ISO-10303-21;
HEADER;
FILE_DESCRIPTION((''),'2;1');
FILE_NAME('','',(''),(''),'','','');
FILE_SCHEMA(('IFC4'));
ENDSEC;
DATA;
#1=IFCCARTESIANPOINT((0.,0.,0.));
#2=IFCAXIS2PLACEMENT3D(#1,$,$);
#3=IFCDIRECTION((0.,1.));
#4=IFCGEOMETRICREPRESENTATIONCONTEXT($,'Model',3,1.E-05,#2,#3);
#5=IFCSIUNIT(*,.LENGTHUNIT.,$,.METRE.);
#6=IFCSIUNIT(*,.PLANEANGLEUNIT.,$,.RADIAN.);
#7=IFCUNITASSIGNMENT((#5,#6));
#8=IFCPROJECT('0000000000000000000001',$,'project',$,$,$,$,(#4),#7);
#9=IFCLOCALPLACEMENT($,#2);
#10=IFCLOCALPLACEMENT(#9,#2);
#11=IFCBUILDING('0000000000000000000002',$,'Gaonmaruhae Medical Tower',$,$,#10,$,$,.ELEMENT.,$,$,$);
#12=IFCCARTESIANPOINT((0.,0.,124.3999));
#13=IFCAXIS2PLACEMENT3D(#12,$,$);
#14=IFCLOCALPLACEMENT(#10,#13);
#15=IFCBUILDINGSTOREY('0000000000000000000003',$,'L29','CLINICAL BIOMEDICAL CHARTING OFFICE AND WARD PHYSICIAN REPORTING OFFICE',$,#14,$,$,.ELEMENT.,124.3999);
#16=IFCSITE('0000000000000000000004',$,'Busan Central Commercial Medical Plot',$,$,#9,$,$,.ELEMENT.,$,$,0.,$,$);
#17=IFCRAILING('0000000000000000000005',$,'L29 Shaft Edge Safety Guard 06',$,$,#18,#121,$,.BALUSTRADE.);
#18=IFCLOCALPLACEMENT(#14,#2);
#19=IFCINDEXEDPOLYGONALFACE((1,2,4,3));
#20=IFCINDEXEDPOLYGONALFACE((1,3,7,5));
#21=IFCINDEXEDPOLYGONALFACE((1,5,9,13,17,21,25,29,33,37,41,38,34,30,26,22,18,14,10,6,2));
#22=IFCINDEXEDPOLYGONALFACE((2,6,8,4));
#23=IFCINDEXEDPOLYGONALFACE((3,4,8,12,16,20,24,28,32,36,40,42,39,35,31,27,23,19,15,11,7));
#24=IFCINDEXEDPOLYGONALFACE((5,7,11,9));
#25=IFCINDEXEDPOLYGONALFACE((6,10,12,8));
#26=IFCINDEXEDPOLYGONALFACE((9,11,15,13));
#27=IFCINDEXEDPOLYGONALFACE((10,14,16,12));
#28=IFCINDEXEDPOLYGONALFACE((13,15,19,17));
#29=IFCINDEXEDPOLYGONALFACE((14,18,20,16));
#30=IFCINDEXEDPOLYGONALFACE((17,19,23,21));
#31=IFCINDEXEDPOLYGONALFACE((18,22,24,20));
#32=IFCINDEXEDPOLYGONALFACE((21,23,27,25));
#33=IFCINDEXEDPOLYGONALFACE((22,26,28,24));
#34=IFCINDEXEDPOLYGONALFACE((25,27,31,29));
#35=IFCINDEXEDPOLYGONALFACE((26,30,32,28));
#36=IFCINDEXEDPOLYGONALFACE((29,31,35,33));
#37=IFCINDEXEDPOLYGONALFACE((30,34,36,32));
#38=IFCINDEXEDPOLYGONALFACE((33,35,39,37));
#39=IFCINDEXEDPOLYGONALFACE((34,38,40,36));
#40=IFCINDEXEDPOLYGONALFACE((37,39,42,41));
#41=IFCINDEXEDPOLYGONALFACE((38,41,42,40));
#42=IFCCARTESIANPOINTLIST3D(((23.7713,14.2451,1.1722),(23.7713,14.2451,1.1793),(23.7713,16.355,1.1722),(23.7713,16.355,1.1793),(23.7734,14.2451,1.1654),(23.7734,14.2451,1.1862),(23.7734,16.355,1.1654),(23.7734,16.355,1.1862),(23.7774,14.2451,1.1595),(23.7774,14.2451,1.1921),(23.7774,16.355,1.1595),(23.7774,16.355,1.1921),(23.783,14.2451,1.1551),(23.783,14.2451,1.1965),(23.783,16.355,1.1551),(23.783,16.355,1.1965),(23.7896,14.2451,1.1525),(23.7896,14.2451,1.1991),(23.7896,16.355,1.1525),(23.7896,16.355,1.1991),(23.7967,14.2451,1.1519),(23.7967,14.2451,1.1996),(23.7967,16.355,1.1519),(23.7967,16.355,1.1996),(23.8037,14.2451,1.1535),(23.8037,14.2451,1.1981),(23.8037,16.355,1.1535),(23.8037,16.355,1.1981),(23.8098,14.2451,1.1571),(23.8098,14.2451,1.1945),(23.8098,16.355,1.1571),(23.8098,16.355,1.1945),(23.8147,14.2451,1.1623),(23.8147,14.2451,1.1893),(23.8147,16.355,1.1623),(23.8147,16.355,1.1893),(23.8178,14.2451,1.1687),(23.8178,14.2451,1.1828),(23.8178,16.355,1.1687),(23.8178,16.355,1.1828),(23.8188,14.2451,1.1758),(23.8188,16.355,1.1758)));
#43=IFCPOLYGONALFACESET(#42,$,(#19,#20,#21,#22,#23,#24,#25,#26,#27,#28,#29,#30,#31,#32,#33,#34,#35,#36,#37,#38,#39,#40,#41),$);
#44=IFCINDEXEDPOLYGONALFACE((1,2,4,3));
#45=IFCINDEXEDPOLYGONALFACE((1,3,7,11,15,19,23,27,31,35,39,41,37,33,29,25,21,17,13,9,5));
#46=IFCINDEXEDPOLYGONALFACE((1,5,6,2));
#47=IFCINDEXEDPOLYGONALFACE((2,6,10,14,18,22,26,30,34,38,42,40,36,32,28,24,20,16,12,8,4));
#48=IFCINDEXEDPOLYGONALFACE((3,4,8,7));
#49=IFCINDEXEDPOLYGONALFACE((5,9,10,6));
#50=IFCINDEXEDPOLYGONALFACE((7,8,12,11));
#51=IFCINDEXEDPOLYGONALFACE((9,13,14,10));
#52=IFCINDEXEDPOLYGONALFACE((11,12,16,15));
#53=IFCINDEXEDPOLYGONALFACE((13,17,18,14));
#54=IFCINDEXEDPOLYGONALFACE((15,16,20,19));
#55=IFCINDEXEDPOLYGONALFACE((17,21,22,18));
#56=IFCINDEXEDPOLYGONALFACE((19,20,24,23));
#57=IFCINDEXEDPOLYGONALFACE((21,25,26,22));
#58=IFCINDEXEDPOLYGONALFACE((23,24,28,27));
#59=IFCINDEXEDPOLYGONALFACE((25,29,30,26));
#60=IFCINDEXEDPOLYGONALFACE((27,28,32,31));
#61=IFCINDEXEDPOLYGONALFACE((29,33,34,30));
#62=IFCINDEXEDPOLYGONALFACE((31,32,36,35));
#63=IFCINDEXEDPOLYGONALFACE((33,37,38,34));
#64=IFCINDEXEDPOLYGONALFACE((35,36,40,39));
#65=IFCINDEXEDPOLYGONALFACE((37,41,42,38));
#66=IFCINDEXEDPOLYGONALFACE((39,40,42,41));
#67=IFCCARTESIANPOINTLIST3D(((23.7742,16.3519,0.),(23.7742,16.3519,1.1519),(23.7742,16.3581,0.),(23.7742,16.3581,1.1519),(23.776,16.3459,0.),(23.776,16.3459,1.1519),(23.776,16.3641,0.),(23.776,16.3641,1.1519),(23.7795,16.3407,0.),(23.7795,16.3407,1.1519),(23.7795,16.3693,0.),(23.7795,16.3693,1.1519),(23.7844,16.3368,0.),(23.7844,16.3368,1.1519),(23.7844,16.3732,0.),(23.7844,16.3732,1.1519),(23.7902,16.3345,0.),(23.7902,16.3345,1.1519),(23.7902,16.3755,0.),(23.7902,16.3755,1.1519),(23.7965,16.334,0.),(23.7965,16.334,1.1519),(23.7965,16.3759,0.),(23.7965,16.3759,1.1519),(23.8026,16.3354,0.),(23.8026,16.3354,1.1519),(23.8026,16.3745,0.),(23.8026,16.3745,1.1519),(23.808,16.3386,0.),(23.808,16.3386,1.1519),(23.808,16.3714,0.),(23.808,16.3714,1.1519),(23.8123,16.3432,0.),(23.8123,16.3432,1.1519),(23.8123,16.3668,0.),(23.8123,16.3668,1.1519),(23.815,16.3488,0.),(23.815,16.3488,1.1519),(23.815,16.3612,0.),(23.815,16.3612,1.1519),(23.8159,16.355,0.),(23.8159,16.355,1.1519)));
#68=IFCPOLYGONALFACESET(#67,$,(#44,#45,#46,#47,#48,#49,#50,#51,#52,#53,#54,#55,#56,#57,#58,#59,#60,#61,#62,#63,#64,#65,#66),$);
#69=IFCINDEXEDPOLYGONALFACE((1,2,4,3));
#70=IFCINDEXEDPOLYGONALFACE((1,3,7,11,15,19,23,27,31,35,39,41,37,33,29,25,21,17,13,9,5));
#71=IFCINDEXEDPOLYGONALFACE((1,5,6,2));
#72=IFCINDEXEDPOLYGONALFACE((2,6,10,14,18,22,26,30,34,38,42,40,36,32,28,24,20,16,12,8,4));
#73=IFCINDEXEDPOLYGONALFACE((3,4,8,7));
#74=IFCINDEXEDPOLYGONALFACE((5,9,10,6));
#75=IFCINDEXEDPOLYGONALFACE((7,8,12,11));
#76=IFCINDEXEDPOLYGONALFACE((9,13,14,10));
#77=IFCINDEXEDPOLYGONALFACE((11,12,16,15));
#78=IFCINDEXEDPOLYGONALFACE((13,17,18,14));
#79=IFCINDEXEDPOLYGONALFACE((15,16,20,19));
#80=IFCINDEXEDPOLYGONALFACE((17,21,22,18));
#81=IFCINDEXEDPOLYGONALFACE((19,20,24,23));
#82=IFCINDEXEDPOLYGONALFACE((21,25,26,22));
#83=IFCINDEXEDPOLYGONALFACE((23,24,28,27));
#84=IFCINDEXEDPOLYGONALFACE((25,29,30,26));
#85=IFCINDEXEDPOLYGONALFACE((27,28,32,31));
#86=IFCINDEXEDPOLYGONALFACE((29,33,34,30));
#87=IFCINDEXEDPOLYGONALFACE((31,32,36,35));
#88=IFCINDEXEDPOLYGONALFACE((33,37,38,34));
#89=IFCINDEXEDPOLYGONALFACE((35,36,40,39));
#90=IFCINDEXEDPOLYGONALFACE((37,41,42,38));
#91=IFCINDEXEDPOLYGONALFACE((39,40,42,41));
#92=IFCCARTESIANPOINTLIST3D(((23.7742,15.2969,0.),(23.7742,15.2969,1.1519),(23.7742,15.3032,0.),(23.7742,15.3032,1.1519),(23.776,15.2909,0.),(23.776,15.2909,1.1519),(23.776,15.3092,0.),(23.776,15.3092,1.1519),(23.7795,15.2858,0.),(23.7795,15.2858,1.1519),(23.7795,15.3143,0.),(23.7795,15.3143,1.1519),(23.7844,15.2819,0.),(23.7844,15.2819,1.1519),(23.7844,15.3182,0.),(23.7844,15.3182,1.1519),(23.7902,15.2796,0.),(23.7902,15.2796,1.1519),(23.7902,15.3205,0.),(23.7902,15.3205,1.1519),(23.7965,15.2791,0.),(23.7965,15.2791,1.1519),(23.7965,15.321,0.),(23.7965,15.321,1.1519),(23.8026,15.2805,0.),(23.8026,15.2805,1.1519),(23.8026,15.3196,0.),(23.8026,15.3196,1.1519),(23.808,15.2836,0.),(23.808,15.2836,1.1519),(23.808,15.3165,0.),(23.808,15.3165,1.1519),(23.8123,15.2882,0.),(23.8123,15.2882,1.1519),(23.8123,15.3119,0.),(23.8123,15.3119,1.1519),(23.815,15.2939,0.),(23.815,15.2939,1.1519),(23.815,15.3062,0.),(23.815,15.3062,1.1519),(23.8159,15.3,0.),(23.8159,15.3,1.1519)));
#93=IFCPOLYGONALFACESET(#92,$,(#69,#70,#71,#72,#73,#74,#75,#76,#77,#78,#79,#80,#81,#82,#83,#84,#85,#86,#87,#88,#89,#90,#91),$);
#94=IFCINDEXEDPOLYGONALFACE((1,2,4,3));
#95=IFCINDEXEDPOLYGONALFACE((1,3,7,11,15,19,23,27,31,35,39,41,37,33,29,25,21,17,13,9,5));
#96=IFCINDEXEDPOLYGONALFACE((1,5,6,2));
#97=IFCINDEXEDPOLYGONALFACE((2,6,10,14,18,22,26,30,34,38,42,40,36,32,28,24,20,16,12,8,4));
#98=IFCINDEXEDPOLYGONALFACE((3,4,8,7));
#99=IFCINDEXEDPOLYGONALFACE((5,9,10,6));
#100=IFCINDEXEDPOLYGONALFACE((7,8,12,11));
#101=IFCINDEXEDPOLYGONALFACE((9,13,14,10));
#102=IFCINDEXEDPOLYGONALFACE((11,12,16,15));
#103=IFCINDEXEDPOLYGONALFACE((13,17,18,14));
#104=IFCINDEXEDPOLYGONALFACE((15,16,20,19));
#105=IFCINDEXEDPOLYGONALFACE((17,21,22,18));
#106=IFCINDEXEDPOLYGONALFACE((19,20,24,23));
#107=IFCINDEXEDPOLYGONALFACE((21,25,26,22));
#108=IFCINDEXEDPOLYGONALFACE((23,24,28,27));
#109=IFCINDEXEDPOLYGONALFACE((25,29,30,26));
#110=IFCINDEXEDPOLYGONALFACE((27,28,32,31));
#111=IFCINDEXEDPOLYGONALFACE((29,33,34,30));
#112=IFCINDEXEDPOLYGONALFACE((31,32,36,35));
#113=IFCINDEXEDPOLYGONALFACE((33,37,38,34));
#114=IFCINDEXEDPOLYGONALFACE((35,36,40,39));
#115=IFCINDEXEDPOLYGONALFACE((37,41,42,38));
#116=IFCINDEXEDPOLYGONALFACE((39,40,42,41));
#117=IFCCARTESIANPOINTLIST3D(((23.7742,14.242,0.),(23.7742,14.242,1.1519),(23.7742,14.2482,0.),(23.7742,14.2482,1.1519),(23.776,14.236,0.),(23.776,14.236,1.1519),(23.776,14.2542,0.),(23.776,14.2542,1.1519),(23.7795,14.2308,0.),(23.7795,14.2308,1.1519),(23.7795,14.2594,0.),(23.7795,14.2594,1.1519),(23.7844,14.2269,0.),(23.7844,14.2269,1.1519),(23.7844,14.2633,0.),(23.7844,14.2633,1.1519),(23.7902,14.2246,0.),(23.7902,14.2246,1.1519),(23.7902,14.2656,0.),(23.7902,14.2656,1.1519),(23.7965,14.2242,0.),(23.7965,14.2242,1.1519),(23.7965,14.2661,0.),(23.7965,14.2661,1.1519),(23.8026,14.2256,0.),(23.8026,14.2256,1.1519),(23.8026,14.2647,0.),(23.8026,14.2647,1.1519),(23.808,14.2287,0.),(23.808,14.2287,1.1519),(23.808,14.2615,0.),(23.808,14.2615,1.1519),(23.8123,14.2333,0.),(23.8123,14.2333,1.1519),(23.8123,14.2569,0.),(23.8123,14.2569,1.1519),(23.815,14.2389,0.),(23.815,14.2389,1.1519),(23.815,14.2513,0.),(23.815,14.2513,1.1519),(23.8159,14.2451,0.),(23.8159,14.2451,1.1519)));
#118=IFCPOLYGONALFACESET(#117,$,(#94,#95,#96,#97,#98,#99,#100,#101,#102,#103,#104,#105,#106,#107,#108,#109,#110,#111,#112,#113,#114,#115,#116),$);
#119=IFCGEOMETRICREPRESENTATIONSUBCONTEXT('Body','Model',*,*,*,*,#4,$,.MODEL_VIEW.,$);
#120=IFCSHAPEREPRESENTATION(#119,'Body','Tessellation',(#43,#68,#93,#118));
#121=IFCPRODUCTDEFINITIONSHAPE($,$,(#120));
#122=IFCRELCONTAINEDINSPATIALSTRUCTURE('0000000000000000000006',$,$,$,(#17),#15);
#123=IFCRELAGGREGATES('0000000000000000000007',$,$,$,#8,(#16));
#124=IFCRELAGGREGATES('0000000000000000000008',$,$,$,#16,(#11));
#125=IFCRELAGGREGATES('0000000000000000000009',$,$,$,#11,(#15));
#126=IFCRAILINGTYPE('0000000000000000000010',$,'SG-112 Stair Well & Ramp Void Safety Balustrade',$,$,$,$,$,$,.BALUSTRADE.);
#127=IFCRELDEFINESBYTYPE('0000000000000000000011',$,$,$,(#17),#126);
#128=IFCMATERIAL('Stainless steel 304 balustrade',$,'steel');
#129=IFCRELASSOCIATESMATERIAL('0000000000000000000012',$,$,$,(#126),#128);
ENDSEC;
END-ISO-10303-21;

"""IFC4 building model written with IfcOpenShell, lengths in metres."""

from ifc_helpers import new_model, si_unit, direction, frame, origin, origin_2d, place, context, subcontext, project, spatial, circle, extrude, material, type_object, element, save


model = new_model("IFC4")

# Units and contexts
model_context = context("Model", 3, precision=1e-05, world=origin(), true_north=direction((0.0, 1.0)))
body_context = subcontext(model_context, "Body", "Model", "MODEL_VIEW")
ifc_project = project(units=[si_unit("LENGTHUNIT", "METRE"), si_unit("PLANEANGLEUNIT", "RADIAN")], contexts=[model_context])

# Site, building, storey
site_placement = place(None, origin())
site = spatial("IfcSite", under=ifc_project, at=site_placement, Name="Busan Central Commercial Medical Plot", CompositionType="ELEMENT", RefElevation=0.0)
building_placement = place(site_placement, origin())
building = spatial("IfcBuilding", under=site, at=building_placement, Name="Gaonmaruhae Medical Tower", CompositionType="ELEMENT")
storey_placement = place(building_placement, frame((0.0, 0.0, 124.3999)))
storey = spatial("IfcBuildingStorey", under=building, at=storey_placement, Name="L29", Description="CLINICAL BIOMEDICAL CHARTING OFFICE AND WARD PHYSICIAN REPORTING OFFICE", CompositionType="ELEMENT", Elevation=124.3999)

# Railing
ifc_material_1 = material(Name="Stainless steel 304 balustrade", Category="steel")
railing_type_1 = type_object("IfcRailingType", Name="SG-112 Stair Well & Ramp Void Safety Balustrade", PredefinedType="BALUSTRADE", material=ifc_material_1)
railing_1_placement = place(storey_placement, frame((23.7949, 16.355, 0.0)))
element("IfcRailing", 1, at=railing_1_placement, inside=storey, type_object=railing_type_1, Name="L29 Shaft Edge Safety Guard 06", PredefinedType="BALUSTRADE", context=body_context, shape_type="SweptSolid", body=[
    extrude(circle(Radius=0.0239, at=origin_2d()), frame((0.0, 0.0, 1.1758), z_axis=(0.0, -1.0, 0.0), x_axis=(1.0, 0.0, 0.0)), (0.0, 0.0, 1.0), 2.1099),
    extrude(circle(Radius=0.021, at=origin_2d()), origin(), (0.0, 0.0, 1.0), 1.1519),
    extrude(circle(Radius=0.021, at=origin_2d()), frame((0.0, -1.0549, 0.0)), (0.0, 0.0, 1.0), 1.1519),
    extrude(circle(Radius=0.021, at=origin_2d()), frame((0.0, -2.1099, 0.0)), (0.0, 0.0, 1.0), 1.1519),
])

save(model, "model.ifc")
